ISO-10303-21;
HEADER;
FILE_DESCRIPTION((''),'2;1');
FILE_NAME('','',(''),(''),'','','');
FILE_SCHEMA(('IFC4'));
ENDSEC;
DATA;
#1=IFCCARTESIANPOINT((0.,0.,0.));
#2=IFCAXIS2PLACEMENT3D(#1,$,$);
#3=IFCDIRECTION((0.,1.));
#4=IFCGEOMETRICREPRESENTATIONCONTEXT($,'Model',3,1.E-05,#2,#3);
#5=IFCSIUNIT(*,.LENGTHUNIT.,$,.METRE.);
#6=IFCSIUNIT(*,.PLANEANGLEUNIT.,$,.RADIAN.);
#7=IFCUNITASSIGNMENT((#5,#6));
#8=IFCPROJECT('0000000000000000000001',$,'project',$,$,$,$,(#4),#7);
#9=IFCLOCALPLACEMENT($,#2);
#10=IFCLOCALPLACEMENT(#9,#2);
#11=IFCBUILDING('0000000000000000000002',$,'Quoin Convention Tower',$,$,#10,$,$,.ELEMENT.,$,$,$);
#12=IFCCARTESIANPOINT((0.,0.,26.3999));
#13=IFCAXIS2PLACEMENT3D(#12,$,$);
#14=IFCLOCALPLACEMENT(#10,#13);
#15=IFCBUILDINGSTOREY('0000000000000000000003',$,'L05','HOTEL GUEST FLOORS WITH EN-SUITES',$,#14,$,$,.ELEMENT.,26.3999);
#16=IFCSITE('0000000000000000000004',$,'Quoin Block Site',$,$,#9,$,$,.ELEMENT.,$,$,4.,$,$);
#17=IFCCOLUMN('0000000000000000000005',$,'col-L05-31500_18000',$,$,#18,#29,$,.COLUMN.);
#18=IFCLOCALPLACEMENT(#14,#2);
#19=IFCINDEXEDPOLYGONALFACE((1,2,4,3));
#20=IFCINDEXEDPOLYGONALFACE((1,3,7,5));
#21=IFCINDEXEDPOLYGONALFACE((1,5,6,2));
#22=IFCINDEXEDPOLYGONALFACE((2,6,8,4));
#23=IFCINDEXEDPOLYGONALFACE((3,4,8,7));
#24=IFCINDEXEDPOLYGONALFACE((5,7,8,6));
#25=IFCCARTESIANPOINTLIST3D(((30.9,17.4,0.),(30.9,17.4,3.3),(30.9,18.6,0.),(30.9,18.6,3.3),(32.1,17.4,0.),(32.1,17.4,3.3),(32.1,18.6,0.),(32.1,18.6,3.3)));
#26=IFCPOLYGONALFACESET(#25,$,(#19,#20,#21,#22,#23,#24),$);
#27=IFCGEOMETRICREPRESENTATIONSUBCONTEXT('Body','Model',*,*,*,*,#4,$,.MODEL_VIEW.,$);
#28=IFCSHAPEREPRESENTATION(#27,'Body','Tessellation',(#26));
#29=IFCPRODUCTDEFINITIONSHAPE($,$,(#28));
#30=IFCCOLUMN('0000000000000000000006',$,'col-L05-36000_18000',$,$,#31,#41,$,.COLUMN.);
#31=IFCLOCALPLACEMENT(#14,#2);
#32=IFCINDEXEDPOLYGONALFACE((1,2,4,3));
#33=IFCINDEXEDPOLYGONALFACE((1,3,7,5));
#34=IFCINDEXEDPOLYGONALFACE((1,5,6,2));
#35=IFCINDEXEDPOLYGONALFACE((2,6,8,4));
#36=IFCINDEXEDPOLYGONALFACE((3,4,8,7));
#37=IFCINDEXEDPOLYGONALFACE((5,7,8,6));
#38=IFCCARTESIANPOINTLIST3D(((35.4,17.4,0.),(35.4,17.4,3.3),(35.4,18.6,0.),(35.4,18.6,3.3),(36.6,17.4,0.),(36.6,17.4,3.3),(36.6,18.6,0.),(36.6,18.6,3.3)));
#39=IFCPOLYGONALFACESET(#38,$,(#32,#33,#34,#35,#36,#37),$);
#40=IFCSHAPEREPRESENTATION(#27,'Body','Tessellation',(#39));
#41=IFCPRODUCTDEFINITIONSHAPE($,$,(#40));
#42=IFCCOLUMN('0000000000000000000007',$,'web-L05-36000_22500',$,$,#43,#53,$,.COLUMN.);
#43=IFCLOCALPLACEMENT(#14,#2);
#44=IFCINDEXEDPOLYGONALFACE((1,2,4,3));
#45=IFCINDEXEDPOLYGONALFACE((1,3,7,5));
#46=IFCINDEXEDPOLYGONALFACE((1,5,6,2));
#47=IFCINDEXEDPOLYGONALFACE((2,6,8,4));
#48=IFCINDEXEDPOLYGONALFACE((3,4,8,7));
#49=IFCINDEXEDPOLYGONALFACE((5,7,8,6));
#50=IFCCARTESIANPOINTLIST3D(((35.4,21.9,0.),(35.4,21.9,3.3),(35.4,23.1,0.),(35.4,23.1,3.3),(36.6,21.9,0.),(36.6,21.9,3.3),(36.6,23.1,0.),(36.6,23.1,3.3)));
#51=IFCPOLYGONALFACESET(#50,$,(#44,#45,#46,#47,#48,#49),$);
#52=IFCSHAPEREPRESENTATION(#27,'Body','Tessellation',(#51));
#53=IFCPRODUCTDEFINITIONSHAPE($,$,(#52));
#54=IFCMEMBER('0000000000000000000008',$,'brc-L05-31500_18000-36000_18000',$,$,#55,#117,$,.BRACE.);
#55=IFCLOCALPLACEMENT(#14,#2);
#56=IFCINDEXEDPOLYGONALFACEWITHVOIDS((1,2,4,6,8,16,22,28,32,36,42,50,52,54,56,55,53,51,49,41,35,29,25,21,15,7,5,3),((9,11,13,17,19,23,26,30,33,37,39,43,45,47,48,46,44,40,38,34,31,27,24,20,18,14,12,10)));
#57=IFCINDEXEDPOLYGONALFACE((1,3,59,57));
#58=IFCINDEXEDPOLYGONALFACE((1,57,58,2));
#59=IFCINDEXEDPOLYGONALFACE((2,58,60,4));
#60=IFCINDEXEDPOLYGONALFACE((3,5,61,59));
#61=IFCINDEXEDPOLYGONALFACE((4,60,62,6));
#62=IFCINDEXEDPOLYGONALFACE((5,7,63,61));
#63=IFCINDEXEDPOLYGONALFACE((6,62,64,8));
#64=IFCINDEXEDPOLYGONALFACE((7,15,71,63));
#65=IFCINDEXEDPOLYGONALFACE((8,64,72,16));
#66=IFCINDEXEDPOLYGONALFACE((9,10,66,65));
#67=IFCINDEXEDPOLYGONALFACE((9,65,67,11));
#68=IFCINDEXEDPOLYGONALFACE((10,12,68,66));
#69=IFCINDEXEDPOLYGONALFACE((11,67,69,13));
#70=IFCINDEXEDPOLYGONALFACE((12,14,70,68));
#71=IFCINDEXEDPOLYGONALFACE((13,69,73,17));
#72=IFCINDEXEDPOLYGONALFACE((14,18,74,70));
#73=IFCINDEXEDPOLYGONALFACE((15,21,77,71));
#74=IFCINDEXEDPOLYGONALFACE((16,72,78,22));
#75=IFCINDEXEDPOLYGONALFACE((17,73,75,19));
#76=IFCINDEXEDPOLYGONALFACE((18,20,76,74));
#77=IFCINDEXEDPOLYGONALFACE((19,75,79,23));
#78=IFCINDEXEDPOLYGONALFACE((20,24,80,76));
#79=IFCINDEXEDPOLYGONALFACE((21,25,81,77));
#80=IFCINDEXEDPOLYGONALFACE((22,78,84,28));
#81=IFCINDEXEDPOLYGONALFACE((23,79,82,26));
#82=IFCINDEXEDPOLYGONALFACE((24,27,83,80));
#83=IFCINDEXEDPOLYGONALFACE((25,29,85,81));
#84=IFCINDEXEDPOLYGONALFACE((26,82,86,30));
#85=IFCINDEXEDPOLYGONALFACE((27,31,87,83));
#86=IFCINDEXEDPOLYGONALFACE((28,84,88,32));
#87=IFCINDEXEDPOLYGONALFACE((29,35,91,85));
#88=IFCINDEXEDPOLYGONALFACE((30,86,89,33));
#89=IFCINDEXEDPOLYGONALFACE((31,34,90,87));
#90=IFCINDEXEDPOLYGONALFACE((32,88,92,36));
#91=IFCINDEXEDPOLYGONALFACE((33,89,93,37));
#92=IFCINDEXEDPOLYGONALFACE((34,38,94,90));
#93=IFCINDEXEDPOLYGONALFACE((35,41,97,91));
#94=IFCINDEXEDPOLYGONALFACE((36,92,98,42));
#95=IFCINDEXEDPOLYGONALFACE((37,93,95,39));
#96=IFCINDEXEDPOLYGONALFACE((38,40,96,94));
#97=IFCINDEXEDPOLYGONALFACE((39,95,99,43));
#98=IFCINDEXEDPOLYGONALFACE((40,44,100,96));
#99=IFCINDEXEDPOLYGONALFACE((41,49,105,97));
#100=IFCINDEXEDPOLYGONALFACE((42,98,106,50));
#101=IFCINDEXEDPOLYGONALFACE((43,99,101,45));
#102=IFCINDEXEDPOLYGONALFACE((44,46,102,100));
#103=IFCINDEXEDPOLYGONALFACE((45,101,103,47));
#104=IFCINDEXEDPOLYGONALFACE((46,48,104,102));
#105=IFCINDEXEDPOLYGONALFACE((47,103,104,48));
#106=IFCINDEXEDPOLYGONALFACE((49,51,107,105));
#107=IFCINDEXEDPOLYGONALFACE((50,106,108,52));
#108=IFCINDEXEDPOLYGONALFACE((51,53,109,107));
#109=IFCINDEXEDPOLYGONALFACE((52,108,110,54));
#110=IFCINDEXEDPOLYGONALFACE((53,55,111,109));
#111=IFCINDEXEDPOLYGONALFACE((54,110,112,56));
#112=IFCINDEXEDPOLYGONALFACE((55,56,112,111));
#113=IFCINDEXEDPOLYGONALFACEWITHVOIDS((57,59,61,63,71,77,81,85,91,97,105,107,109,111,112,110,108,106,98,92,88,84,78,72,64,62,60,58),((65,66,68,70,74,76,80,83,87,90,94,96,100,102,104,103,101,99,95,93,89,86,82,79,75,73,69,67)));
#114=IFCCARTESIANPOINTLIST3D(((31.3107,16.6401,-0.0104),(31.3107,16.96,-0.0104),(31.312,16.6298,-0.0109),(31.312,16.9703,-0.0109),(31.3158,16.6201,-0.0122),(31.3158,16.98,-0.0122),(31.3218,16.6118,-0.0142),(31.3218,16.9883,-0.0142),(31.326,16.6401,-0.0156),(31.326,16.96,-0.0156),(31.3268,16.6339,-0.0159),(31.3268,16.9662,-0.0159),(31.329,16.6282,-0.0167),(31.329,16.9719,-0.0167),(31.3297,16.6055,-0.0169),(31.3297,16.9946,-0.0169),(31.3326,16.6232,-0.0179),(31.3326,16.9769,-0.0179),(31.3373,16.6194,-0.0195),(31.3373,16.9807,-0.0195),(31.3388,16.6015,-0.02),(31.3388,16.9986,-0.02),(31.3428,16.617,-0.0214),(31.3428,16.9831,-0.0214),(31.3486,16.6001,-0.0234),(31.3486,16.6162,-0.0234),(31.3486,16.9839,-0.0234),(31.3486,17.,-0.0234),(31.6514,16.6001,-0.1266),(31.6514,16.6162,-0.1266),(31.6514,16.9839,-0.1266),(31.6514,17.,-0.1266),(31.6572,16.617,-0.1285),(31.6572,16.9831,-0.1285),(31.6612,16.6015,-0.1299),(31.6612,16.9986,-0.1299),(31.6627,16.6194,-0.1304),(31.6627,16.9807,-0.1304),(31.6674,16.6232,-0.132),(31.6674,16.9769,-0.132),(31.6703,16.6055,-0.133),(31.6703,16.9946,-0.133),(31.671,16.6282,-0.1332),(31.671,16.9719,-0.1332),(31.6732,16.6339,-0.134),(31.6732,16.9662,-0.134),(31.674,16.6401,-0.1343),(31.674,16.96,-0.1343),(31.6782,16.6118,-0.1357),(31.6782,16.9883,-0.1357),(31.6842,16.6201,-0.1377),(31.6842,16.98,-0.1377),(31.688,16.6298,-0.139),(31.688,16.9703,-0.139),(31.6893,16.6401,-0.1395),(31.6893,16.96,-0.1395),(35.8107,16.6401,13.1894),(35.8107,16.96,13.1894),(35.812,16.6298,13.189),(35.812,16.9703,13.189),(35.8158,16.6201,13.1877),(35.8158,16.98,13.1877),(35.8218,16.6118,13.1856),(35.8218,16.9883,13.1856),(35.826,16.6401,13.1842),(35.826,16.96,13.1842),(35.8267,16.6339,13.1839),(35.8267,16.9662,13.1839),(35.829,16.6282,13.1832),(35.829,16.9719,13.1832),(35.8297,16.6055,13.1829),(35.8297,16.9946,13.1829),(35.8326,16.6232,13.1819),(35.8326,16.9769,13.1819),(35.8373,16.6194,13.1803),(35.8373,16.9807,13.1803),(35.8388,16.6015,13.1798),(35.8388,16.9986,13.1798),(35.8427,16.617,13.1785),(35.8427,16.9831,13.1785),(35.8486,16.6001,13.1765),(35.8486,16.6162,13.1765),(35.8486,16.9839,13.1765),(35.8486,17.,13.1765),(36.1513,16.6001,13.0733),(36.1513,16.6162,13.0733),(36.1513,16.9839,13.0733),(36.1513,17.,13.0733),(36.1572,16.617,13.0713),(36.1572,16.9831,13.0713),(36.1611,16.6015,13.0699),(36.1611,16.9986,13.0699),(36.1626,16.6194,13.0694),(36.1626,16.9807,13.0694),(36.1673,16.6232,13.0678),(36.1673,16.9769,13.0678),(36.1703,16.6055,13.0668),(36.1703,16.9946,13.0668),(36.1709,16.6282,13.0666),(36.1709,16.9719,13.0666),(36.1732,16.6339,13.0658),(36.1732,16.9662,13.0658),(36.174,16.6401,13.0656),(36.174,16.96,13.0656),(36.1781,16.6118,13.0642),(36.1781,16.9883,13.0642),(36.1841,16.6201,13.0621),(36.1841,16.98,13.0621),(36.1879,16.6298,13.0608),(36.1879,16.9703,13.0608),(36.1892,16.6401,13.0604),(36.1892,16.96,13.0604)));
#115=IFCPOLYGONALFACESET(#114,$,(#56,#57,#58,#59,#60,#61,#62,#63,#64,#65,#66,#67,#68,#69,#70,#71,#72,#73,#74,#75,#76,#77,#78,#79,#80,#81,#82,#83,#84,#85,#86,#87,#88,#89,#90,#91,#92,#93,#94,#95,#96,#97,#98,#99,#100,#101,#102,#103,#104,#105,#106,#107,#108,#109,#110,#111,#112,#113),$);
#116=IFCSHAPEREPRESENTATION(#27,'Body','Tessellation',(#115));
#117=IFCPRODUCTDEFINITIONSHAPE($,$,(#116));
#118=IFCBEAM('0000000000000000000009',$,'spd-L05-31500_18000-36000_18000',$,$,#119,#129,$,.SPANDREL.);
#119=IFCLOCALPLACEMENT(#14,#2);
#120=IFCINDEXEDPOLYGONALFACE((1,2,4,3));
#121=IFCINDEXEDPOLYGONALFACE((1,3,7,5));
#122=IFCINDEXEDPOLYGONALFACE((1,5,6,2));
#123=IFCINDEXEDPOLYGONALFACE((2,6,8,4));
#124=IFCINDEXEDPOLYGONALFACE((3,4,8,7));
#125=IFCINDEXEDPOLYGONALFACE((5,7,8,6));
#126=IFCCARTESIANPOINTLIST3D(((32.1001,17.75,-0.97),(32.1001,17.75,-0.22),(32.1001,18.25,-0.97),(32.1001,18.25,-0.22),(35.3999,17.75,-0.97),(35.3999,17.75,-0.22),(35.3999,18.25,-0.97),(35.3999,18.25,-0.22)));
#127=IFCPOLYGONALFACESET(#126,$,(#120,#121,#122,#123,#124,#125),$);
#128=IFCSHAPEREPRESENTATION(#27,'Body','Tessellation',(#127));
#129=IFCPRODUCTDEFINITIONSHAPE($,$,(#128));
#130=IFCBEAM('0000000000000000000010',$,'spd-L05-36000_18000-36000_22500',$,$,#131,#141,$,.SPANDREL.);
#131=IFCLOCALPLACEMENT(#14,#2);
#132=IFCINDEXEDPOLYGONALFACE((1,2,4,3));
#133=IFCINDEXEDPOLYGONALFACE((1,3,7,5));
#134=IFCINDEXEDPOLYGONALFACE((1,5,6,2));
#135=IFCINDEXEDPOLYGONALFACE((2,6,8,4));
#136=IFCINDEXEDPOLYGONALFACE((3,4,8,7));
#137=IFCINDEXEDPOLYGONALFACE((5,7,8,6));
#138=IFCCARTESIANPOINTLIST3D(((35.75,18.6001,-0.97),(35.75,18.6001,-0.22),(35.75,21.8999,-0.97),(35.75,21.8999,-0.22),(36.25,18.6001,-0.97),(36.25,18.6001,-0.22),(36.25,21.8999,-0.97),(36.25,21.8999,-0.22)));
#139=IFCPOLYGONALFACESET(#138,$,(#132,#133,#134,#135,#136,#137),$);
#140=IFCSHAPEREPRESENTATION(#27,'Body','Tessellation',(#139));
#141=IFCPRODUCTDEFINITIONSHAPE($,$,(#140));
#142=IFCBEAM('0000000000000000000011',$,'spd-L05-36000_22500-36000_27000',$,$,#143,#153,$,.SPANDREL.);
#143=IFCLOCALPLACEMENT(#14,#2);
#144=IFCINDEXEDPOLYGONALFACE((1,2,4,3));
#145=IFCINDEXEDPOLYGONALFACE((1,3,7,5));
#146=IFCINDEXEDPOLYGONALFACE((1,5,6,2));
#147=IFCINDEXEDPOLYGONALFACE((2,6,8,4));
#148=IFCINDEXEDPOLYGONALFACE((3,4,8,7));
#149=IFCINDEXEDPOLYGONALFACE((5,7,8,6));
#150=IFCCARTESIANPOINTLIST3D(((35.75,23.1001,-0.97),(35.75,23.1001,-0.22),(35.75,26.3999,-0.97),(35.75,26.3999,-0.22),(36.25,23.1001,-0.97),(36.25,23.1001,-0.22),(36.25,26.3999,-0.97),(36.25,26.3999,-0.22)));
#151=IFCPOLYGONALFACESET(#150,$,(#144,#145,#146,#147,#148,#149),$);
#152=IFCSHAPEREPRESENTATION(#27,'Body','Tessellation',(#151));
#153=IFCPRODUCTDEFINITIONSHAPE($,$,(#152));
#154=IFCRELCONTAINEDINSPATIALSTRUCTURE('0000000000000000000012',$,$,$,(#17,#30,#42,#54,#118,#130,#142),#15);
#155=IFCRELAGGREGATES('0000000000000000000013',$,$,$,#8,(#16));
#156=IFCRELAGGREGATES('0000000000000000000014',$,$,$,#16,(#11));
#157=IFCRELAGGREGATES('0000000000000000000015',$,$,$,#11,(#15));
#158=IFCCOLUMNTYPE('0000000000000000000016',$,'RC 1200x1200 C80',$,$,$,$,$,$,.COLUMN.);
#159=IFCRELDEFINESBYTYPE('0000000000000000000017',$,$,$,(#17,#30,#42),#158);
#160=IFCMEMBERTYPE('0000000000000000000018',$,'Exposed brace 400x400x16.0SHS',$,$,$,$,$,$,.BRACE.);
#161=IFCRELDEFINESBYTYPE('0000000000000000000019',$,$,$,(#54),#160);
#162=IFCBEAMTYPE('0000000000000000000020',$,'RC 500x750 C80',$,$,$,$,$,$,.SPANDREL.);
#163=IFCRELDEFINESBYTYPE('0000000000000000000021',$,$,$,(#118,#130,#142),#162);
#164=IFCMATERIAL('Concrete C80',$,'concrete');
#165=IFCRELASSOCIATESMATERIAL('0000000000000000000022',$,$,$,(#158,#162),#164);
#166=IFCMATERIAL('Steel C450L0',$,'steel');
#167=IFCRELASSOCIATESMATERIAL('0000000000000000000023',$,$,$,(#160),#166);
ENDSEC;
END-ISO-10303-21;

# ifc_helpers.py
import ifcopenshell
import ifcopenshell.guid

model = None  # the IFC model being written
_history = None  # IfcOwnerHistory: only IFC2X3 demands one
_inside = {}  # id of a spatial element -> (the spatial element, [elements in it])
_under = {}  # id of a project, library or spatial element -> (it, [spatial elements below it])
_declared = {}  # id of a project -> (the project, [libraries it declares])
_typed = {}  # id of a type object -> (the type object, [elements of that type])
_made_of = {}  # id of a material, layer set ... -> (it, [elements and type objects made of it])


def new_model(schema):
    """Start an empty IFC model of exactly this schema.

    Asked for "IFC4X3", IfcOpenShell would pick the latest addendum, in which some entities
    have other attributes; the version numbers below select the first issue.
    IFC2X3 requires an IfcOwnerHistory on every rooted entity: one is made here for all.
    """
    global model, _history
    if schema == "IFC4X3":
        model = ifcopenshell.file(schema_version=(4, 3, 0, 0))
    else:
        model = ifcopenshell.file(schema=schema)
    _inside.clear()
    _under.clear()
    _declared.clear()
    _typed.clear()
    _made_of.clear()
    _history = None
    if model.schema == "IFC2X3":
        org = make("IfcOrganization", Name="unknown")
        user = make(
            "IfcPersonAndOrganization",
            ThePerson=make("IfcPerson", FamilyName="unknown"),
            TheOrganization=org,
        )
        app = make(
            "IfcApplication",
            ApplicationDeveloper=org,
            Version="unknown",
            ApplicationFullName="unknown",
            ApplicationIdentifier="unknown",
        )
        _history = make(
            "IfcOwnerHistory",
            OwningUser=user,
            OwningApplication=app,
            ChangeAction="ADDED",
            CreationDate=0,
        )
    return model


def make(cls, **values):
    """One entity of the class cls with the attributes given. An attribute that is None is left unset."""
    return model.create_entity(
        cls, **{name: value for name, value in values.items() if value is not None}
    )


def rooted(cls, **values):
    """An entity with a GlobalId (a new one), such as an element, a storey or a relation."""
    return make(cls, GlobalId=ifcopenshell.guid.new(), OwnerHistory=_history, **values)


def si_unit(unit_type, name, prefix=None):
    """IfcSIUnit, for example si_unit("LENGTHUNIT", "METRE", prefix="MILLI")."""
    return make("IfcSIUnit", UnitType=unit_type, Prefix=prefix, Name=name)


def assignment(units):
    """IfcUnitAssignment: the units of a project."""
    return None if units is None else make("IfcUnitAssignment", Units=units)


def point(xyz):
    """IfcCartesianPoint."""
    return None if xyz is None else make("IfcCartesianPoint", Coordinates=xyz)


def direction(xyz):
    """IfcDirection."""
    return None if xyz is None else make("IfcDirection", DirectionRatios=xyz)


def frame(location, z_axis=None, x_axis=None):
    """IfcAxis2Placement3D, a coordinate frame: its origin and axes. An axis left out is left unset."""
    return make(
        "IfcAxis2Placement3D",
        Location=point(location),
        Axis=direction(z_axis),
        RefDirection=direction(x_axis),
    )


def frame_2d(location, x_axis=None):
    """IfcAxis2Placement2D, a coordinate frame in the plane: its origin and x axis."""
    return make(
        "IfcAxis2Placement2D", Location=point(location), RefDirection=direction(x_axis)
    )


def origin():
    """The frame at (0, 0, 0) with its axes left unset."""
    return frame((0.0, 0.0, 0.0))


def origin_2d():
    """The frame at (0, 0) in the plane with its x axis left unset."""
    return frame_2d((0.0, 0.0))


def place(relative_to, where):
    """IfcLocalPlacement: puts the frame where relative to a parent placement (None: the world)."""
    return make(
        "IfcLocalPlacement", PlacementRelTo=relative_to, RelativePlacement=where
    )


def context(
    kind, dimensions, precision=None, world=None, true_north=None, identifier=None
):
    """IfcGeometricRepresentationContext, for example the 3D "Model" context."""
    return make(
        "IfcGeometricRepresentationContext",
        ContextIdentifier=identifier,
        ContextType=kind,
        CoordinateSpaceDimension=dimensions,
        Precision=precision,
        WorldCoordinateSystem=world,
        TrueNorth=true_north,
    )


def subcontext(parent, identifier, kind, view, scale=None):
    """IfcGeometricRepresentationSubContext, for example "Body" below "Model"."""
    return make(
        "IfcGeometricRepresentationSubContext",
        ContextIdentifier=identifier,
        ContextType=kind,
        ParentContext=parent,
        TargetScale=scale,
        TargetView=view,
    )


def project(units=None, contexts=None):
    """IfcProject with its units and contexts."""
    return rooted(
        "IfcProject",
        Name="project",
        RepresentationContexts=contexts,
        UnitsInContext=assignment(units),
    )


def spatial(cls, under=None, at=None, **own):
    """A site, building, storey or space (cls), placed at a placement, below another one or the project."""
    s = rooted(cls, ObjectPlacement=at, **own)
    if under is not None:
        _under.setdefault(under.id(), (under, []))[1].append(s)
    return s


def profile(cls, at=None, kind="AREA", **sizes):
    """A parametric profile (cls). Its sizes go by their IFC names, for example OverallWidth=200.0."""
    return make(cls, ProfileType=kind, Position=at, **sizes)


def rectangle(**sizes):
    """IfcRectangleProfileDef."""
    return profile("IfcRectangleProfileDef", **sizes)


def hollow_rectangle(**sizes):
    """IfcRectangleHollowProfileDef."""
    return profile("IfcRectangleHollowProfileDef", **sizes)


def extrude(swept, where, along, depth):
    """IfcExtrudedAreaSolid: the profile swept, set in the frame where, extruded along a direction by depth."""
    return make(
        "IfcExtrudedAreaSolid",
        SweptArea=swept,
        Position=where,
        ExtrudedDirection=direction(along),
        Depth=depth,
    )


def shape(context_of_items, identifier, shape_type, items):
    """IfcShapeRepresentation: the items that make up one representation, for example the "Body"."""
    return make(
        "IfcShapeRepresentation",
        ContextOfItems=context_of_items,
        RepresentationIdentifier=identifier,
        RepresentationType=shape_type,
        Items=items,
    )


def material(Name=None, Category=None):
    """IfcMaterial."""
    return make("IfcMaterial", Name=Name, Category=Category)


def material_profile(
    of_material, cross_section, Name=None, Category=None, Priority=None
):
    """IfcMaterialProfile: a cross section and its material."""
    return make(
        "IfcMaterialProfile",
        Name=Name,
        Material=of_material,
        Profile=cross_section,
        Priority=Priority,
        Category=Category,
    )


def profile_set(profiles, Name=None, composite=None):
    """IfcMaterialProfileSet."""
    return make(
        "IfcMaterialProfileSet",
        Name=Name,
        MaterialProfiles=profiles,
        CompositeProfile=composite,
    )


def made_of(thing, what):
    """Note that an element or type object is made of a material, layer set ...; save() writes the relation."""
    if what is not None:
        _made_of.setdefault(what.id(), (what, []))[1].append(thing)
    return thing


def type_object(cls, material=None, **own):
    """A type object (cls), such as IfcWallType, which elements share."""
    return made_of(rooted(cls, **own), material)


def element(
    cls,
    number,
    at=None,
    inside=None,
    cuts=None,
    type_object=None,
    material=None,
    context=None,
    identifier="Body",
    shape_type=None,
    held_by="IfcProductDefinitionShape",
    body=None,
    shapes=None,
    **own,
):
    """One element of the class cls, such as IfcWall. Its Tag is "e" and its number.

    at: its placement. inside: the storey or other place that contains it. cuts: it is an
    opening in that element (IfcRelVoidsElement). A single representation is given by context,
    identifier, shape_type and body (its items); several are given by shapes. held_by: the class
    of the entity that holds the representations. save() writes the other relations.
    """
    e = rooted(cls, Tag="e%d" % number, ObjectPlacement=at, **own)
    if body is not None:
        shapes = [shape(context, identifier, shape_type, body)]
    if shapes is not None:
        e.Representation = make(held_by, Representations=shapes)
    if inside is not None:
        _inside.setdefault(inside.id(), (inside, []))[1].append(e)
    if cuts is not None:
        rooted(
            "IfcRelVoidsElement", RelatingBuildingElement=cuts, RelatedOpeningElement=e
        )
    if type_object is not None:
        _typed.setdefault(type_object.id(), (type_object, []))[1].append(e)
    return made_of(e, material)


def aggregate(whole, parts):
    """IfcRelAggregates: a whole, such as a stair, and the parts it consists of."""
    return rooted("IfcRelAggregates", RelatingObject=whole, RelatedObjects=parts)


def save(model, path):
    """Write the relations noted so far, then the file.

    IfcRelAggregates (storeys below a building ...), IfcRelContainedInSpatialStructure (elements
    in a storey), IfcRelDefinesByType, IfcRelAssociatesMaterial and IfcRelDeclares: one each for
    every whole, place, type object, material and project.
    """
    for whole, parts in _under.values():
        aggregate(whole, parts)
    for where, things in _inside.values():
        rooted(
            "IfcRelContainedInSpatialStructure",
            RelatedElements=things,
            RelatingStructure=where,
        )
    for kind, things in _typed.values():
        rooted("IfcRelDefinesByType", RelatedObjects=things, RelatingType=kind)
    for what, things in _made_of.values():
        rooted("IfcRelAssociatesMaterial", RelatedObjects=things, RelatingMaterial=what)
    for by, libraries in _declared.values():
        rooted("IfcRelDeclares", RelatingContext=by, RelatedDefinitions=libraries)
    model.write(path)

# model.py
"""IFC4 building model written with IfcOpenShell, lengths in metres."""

from ifc_helpers import new_model, si_unit, direction, frame, origin, origin_2d, place, context, subcontext, project, spatial, rectangle, hollow_rectangle, extrude, material, material_profile, profile_set, type_object, element, save


model = new_model("IFC4")

# Units and contexts
model_context = context("Model", 3, precision=1e-05, world=origin(), true_north=direction((0.0, 1.0)))
body_context = subcontext(model_context, "Body", "Model", "MODEL_VIEW")
ifc_project = project(units=[si_unit("LENGTHUNIT", "METRE"), si_unit("PLANEANGLEUNIT", "RADIAN")], contexts=[model_context])

# Site, building, storey
site_placement = place(None, origin())
site = spatial("IfcSite", under=ifc_project, at=site_placement, Name="Quoin Block Site", CompositionType="ELEMENT", RefElevation=4.0)
building_placement = place(site_placement, origin())
building = spatial("IfcBuilding", under=site, at=building_placement, Name="Quoin Convention Tower", CompositionType="ELEMENT")
storey_placement = place(building_placement, frame((0.0, 0.0, 26.3999)))
storey = spatial("IfcBuildingStorey", under=building, at=storey_placement, Name="L05", Description="HOTEL GUEST FLOORS WITH EN-SUITES", CompositionType="ELEMENT", Elevation=26.3999)

# Columns
ifc_material_1 = material(Name="Concrete C80", Category="concrete")
ifc_material_profile_1 = material_profile(ifc_material_1, rectangle(XDim=1.2, YDim=1.2, at=origin_2d()), Name="RC 1200x1200")
ifc_profile_set_1 = profile_set([ifc_material_profile_1], Name="Concrete C80")
column_type = type_object("IfcColumnType", Name="RC 1200x1200 C80", PredefinedType="COLUMN", material=ifc_profile_set_1)
for number, where, z_axis, x_axis, name in (
    (1, (31.5, 18.0, 0.0), (0.0, 0.0, 1.0), (1.0, 0.0, 0.0), "col-L05-31500_18000"),
    (2, (36.0, 18.0, 0.0), (0.0, 0.0, 1.0), (1.0, 0.0, 0.0), "col-L05-36000_18000"),
    (3, (36.0, 22.5, 0.0), (0.0, 0.0, 1.0), (1.0, 0.0, 0.0), "web-L05-36000_22500"),
):
    element("IfcColumn", number, at=place(storey_placement, frame(where, z_axis=z_axis, x_axis=x_axis)), inside=storey, type_object=column_type, Name=name, PredefinedType="COLUMN", context=body_context, shape_type="SweptSolid", body=[
        extrude(rectangle(XDim=1.2, YDim=1.2, at=origin_2d()), origin(), (0.0, 0.0, 1.0), 3.3),
    ])

# Member
ifc_material_2 = material(Name="Steel C450L0", Category="steel")
ifc_material_profile_2 = material_profile(ifc_material_2, hollow_rectangle(XDim=0.3999, YDim=0.3999, WallThickness=0.0161, InnerFilletRadius=0.0239, OuterFilletRadius=0.04, at=origin_2d()), Name="400x400x16.0SHS")
ifc_profile_set_2 = profile_set([ifc_material_profile_2], Name="Steel C450L0")
member_type = type_object("IfcMemberType", Name="Exposed brace 400x400x16.0SHS", PredefinedType="BRACE", material=ifc_profile_set_2)
member_placement = place(storey_placement, frame((31.5, 16.8, -0.075), z_axis=(0.322675, 0.0, 0.94651), x_axis=(0.0, 1.0, 0.0)))
element("IfcMember", 4, at=member_placement, inside=storey, type_object=member_type, Name="brc-L05-31500_18000-36000_18000", PredefinedType="BRACE", context=body_context, shape_type="SweptSolid", body=[
    extrude(hollow_rectangle(XDim=0.3999, YDim=0.3999, WallThickness=0.0161, InnerFilletRadius=0.0239, OuterFilletRadius=0.04, at=origin_2d()), origin(), (0.0, 0.0, 1.0), 13.9458),
])

# Beams
ifc_material_profile_3 = material_profile(ifc_material_1, rectangle(XDim=0.5, YDim=0.75, at=origin_2d()), Name="RC 500x750")
ifc_profile_set_3 = profile_set([ifc_material_profile_3], Name="Concrete C80")
beam_type = type_object("IfcBeamType", Name="RC 500x750 C80", PredefinedType="SPANDREL", material=ifc_profile_set_3)
for number, where, z_axis, x_axis, name in (
    (5, (32.1001, 18.0, -0.595), (1.0, 0.0, 0.0), (0.0, 1.0, 0.0), "spd-L05-31500_18000-36000_18000"),
    (6, (36.0, 18.6001, -0.595), (0.0, 1.0, 0.0), (-1.0, 0.0, 0.0), "spd-L05-36000_18000-36000_22500"),
    (7, (36.0, 23.1001, -0.595), (0.0, 1.0, 0.0), (-1.0, 0.0, 0.0), "spd-L05-36000_22500-36000_27000"),
):
    element("IfcBeam", number, at=place(storey_placement, frame(where, z_axis=z_axis, x_axis=x_axis)), inside=storey, type_object=beam_type, Name=name, PredefinedType="SPANDREL", context=body_context, shape_type="SweptSolid", body=[
        extrude(rectangle(XDim=0.5, YDim=0.75, at=origin_2d()), origin(), (0.0, 0.0, 1.0), 3.2998),
    ])

save(model, "model.ifc")
